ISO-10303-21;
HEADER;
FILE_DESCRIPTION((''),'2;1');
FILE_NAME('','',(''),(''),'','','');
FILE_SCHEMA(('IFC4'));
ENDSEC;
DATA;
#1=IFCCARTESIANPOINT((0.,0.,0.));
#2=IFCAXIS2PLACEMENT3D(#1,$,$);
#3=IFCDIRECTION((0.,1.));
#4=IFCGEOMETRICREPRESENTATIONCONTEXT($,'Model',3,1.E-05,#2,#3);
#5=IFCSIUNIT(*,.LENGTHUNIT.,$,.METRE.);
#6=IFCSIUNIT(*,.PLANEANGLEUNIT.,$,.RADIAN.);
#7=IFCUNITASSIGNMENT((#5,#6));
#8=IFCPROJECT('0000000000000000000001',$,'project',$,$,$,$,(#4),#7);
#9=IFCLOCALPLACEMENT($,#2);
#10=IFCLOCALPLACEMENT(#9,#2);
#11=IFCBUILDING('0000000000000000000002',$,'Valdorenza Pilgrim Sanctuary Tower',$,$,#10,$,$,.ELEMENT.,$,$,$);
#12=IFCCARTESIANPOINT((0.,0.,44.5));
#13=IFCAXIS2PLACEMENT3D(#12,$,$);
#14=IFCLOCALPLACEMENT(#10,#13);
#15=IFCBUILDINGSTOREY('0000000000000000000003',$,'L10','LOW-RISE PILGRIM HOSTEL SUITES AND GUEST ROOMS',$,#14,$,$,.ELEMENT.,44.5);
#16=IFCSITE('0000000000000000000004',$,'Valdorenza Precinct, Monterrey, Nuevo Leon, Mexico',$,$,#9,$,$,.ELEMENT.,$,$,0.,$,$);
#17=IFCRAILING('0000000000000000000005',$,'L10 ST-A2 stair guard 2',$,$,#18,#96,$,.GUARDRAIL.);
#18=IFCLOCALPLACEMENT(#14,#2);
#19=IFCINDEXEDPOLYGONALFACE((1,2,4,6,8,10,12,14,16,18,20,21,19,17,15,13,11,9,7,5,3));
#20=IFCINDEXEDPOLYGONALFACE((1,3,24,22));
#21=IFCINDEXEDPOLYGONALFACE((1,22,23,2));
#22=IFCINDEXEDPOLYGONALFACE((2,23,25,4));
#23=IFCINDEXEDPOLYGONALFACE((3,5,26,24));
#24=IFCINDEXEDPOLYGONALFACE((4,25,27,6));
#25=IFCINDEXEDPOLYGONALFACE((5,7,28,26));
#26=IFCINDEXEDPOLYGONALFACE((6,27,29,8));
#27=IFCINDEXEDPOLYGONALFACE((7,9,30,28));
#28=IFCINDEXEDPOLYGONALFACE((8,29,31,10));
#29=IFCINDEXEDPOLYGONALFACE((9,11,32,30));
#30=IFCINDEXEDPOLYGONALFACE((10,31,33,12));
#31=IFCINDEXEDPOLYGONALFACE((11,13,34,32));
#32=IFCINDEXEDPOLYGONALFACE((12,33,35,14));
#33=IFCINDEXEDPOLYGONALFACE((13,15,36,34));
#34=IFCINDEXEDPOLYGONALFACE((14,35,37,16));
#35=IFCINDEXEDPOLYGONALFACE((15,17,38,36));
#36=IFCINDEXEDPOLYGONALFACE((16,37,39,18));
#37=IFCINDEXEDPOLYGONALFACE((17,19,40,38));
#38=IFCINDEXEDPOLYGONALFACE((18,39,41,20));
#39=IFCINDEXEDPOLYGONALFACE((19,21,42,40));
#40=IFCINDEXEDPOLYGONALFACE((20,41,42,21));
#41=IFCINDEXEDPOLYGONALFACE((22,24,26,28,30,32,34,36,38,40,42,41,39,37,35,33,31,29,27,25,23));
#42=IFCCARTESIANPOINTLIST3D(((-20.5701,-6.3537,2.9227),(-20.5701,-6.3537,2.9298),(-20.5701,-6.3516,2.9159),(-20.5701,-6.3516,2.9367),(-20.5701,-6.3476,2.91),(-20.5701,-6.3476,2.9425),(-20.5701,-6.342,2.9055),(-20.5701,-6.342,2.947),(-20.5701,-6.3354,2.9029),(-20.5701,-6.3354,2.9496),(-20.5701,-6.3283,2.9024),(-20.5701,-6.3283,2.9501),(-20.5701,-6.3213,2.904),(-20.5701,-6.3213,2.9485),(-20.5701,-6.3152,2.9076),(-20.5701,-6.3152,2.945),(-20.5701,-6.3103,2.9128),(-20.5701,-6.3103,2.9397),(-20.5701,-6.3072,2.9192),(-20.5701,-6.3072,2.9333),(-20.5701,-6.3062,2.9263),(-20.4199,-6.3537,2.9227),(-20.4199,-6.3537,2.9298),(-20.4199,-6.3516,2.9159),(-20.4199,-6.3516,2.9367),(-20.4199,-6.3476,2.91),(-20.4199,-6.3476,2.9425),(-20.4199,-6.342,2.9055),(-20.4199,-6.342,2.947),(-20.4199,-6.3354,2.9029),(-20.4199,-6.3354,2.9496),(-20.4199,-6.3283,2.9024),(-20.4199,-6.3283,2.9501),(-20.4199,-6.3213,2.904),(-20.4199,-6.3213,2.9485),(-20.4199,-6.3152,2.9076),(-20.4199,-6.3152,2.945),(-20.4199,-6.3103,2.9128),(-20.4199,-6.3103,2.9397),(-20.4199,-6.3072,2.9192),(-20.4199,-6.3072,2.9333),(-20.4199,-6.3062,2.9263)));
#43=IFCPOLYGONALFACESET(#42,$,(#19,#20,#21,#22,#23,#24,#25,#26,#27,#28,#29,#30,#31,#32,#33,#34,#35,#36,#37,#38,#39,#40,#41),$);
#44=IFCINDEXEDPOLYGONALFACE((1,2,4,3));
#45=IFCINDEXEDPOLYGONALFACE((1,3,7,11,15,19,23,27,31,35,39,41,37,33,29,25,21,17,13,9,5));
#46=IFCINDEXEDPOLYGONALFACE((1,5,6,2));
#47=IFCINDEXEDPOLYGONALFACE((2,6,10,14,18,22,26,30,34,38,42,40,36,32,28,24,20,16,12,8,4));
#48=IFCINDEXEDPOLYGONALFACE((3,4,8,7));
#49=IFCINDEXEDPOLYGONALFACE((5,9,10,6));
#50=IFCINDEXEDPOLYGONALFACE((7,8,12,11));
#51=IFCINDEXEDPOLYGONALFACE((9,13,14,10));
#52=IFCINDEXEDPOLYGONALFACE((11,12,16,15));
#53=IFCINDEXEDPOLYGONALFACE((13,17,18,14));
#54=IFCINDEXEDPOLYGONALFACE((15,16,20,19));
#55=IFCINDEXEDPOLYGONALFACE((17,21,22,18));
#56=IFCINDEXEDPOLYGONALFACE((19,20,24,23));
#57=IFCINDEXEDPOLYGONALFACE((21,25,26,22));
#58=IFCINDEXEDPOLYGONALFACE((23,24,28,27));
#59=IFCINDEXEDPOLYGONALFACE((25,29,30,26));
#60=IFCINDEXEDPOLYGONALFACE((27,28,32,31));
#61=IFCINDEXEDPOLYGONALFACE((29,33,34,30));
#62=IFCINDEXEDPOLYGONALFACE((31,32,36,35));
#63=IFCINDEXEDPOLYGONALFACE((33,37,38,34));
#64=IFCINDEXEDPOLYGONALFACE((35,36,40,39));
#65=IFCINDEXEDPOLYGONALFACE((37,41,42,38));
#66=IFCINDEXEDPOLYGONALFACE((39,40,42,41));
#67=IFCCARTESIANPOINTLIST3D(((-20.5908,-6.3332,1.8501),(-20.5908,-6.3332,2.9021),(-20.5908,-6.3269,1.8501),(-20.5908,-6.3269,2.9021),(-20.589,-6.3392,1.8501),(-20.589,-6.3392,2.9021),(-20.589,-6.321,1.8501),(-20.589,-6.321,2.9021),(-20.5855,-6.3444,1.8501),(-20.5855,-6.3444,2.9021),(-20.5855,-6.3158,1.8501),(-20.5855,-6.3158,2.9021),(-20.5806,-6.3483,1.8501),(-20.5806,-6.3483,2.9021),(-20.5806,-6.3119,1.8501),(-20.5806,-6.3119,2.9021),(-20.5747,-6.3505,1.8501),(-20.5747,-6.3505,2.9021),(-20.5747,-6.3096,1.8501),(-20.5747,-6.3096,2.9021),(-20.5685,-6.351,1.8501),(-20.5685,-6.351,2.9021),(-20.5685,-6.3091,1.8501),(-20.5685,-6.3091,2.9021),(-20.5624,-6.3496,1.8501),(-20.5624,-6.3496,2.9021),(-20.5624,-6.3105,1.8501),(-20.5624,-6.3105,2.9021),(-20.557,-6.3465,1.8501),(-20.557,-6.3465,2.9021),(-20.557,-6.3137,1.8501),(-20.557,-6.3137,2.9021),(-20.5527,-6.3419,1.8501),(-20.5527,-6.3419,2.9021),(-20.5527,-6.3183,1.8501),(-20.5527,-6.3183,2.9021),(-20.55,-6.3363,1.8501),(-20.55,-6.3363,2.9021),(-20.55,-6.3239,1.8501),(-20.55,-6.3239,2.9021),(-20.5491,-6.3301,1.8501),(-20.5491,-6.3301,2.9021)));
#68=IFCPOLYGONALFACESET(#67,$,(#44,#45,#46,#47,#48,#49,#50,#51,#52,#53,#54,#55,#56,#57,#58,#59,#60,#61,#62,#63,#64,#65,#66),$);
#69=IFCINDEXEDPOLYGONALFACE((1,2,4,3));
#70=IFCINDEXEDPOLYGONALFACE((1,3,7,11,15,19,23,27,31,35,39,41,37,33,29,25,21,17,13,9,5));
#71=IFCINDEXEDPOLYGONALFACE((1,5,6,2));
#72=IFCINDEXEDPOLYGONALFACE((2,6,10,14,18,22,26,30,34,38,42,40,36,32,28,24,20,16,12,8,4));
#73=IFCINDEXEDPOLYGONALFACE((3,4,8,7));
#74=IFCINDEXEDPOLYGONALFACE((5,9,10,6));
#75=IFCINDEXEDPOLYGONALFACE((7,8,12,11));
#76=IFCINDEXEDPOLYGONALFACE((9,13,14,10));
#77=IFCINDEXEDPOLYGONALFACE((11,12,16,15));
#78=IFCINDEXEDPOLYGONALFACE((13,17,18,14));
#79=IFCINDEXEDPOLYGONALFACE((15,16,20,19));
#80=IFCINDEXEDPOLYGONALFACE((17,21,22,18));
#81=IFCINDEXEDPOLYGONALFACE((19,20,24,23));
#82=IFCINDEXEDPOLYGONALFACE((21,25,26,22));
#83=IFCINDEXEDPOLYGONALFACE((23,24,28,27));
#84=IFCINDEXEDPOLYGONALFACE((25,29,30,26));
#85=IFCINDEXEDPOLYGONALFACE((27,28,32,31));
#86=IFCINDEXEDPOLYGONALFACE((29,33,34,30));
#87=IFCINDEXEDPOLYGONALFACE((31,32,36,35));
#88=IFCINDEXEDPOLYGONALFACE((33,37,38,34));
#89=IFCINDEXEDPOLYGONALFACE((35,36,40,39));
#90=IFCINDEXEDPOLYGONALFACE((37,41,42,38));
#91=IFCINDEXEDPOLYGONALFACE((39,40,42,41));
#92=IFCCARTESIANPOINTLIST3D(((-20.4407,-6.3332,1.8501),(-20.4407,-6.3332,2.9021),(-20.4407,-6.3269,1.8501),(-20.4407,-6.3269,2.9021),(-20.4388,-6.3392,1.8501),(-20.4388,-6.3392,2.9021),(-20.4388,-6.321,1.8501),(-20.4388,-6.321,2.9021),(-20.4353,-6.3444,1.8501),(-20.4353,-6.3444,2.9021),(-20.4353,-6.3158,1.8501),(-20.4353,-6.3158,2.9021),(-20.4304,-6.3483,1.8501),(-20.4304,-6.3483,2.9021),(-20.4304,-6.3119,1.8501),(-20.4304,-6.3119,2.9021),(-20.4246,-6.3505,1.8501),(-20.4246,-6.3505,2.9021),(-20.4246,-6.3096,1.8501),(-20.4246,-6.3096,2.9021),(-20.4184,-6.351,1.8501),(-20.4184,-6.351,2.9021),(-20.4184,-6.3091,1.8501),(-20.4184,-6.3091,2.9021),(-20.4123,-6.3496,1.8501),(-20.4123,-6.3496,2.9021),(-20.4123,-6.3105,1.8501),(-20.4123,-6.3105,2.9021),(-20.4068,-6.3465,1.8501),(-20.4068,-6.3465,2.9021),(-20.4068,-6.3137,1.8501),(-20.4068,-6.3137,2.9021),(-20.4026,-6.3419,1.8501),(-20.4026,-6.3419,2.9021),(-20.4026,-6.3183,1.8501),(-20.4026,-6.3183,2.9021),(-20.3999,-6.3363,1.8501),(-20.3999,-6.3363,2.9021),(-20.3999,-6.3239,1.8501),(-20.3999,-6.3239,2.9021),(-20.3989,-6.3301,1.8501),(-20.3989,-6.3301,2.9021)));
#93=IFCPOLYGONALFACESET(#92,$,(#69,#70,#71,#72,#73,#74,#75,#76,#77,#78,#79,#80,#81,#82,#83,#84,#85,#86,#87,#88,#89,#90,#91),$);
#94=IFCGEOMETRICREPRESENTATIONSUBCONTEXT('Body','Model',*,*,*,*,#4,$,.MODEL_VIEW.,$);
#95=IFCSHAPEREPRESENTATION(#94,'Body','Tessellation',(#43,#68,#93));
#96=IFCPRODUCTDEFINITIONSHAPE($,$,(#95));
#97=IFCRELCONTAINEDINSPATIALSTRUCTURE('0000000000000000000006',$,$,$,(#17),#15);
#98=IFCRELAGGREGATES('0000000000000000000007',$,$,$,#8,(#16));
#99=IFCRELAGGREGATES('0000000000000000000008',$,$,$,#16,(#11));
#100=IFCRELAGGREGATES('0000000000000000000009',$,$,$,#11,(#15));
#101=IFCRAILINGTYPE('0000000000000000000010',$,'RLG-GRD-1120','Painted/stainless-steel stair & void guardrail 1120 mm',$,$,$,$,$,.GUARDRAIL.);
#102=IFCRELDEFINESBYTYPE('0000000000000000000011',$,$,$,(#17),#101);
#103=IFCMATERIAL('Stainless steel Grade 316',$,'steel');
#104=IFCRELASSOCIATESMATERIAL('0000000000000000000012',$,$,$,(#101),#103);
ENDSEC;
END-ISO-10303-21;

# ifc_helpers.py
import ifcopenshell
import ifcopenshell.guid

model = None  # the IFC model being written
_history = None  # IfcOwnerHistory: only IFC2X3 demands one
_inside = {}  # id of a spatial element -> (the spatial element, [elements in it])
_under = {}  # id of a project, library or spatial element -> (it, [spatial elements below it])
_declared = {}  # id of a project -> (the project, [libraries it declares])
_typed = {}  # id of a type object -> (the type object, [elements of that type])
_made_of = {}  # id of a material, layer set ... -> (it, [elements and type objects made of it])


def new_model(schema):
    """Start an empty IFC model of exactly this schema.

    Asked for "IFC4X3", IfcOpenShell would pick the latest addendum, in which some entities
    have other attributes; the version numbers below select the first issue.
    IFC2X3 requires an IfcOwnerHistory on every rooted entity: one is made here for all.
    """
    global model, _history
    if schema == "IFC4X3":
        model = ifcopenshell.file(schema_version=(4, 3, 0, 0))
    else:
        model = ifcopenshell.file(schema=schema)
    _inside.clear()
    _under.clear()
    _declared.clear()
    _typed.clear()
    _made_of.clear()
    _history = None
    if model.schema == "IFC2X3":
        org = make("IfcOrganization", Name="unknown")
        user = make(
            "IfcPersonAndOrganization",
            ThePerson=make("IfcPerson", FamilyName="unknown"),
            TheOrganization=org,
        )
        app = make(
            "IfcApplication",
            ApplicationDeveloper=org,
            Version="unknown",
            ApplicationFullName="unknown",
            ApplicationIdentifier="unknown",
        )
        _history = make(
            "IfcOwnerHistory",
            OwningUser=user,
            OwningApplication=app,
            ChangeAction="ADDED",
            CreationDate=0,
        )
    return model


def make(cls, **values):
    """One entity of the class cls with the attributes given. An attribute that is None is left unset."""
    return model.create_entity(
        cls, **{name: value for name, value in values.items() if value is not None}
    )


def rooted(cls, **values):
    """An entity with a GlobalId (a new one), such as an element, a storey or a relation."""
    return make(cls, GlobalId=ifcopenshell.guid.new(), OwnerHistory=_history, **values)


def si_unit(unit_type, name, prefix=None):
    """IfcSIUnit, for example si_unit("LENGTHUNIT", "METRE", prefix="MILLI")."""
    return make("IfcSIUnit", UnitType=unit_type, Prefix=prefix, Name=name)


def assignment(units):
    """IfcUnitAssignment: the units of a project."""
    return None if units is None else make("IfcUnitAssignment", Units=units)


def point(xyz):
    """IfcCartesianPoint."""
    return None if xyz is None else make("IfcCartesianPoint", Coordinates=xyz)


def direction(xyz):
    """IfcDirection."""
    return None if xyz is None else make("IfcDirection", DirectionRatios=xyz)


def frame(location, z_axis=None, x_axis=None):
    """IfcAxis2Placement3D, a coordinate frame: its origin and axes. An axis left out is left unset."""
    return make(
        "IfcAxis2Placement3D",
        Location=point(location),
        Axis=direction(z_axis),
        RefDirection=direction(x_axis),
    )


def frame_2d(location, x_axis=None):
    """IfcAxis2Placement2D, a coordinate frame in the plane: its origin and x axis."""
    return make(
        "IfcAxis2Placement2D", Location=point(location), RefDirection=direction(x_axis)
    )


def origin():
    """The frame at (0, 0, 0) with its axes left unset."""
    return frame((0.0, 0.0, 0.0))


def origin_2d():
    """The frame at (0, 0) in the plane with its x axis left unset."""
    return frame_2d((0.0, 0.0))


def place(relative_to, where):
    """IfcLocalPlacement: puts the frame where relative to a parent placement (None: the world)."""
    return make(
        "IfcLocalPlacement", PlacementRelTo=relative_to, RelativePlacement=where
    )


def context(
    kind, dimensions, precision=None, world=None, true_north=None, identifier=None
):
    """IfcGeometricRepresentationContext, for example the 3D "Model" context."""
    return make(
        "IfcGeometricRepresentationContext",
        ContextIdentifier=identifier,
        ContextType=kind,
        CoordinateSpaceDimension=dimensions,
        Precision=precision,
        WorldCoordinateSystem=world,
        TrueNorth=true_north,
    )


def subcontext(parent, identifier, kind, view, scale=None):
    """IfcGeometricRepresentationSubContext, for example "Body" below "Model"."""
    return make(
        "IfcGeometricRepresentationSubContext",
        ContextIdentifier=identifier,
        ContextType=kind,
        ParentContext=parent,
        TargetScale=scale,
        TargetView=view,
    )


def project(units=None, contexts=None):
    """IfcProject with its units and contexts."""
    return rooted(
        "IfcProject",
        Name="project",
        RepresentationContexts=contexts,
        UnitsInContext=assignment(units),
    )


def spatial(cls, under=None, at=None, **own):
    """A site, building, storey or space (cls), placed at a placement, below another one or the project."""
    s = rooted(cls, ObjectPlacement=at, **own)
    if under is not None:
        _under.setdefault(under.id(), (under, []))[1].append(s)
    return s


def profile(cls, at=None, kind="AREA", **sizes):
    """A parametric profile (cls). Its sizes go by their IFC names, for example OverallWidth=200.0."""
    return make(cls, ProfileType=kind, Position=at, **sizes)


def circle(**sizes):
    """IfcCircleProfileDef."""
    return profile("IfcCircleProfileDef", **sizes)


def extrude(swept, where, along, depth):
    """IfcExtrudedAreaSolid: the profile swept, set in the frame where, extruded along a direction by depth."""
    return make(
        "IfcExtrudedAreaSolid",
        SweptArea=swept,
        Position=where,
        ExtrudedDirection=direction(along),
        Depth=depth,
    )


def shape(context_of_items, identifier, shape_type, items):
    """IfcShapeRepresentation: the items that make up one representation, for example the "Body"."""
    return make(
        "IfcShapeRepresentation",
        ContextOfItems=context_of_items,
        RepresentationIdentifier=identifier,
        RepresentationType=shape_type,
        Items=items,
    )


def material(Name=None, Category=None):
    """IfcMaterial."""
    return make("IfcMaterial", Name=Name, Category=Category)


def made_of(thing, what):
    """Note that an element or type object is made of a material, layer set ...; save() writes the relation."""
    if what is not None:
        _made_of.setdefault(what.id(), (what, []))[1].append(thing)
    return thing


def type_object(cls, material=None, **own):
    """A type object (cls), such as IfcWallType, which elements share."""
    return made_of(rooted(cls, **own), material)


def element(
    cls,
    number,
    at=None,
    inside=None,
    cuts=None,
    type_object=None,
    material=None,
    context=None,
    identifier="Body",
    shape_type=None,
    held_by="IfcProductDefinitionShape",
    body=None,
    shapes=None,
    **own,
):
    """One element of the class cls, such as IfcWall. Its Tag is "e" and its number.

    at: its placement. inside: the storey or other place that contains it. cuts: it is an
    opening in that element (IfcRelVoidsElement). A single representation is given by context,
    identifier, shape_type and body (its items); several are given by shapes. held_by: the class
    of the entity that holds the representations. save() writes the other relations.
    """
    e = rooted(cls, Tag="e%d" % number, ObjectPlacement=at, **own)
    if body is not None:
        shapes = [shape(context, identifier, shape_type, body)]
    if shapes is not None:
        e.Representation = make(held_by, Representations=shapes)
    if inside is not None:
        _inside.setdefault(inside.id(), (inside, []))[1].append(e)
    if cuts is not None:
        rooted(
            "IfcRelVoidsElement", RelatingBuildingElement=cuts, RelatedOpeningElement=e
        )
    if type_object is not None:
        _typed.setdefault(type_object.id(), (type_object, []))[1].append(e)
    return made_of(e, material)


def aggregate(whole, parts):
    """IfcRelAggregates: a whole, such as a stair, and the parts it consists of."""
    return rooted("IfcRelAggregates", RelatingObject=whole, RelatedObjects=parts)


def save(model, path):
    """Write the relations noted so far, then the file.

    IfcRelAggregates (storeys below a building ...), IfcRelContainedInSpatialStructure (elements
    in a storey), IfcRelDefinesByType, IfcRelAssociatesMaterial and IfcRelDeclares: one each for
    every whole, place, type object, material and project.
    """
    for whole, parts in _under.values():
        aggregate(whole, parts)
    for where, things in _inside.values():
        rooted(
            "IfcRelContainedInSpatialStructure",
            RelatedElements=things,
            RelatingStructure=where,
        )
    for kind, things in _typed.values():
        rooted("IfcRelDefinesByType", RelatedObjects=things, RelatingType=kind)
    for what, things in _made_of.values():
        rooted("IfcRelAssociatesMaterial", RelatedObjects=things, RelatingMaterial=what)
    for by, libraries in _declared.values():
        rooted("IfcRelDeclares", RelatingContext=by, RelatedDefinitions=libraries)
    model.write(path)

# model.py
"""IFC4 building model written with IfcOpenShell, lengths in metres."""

from ifc_helpers import new_model, si_unit, direction, frame, origin, origin_2d, place, context, subcontext, project, spatial, circle, extrude, material, type_object, element, save


model = new_model("IFC4")

# Units and contexts
model_context = context("Model", 3, precision=1e-05, world=origin(), true_north=direction((0.0, 1.0)))
body_context = subcontext(model_context, "Body", "Model", "MODEL_VIEW")
ifc_project = project(units=[si_unit("LENGTHUNIT", "METRE"), si_unit("PLANEANGLEUNIT", "RADIAN")], contexts=[model_context])

# Site, building, storey
site_placement = place(None, origin())
site = spatial("IfcSite", under=ifc_project, at=site_placement, Name="Valdorenza Precinct, Monterrey, Nuevo Leon, Mexico", CompositionType="ELEMENT", RefElevation=0.0)
building_placement = place(site_placement, origin())
building = spatial("IfcBuilding", under=site, at=building_placement, Name="Valdorenza Pilgrim Sanctuary Tower", CompositionType="ELEMENT")
storey_placement = place(building_placement, frame((0.0, 0.0, 44.5)))
storey = spatial("IfcBuildingStorey", under=building, at=storey_placement, Name="L10", Description="LOW-RISE PILGRIM HOSTEL SUITES AND GUEST ROOMS", CompositionType="ELEMENT", Elevation=44.5)

# Railing
ifc_material_1 = material(Name="Stainless steel Grade 316", Category="steel")
railing_type_1 = type_object("IfcRailingType", Name="RLG-GRD-1120", Description="Painted/stainless-steel stair & void guardrail 1120 mm", PredefinedType="GUARDRAIL", material=ifc_material_1)
railing_1_placement = place(storey_placement, frame((-20.5701, -6.3301, 1.8501)))
element("IfcRailing", 1, at=railing_1_placement, inside=storey, type_object=railing_type_1, Name="L10 ST-A2 stair guard 2", PredefinedType="GUARDRAIL", context=body_context, shape_type="SweptSolid", body=[
    extrude(circle(Radius=0.0239, at=origin_2d()), frame((0.0, 0.0, 1.0762), z_axis=(1.0, 0.0, 0.0), x_axis=(0.0, 1.0, 0.0)), (0.0, 0.0, 1.0), 0.1501),
    extrude(circle(Radius=0.021, at=origin_2d()), origin(), (0.0, 0.0, 1.0), 1.052),
    extrude(circle(Radius=0.021, at=origin_2d()), frame((0.1501, 0.0, 0.0)), (0.0, 0.0, 1.0), 1.052),
])

save(model, "model.ifc")
